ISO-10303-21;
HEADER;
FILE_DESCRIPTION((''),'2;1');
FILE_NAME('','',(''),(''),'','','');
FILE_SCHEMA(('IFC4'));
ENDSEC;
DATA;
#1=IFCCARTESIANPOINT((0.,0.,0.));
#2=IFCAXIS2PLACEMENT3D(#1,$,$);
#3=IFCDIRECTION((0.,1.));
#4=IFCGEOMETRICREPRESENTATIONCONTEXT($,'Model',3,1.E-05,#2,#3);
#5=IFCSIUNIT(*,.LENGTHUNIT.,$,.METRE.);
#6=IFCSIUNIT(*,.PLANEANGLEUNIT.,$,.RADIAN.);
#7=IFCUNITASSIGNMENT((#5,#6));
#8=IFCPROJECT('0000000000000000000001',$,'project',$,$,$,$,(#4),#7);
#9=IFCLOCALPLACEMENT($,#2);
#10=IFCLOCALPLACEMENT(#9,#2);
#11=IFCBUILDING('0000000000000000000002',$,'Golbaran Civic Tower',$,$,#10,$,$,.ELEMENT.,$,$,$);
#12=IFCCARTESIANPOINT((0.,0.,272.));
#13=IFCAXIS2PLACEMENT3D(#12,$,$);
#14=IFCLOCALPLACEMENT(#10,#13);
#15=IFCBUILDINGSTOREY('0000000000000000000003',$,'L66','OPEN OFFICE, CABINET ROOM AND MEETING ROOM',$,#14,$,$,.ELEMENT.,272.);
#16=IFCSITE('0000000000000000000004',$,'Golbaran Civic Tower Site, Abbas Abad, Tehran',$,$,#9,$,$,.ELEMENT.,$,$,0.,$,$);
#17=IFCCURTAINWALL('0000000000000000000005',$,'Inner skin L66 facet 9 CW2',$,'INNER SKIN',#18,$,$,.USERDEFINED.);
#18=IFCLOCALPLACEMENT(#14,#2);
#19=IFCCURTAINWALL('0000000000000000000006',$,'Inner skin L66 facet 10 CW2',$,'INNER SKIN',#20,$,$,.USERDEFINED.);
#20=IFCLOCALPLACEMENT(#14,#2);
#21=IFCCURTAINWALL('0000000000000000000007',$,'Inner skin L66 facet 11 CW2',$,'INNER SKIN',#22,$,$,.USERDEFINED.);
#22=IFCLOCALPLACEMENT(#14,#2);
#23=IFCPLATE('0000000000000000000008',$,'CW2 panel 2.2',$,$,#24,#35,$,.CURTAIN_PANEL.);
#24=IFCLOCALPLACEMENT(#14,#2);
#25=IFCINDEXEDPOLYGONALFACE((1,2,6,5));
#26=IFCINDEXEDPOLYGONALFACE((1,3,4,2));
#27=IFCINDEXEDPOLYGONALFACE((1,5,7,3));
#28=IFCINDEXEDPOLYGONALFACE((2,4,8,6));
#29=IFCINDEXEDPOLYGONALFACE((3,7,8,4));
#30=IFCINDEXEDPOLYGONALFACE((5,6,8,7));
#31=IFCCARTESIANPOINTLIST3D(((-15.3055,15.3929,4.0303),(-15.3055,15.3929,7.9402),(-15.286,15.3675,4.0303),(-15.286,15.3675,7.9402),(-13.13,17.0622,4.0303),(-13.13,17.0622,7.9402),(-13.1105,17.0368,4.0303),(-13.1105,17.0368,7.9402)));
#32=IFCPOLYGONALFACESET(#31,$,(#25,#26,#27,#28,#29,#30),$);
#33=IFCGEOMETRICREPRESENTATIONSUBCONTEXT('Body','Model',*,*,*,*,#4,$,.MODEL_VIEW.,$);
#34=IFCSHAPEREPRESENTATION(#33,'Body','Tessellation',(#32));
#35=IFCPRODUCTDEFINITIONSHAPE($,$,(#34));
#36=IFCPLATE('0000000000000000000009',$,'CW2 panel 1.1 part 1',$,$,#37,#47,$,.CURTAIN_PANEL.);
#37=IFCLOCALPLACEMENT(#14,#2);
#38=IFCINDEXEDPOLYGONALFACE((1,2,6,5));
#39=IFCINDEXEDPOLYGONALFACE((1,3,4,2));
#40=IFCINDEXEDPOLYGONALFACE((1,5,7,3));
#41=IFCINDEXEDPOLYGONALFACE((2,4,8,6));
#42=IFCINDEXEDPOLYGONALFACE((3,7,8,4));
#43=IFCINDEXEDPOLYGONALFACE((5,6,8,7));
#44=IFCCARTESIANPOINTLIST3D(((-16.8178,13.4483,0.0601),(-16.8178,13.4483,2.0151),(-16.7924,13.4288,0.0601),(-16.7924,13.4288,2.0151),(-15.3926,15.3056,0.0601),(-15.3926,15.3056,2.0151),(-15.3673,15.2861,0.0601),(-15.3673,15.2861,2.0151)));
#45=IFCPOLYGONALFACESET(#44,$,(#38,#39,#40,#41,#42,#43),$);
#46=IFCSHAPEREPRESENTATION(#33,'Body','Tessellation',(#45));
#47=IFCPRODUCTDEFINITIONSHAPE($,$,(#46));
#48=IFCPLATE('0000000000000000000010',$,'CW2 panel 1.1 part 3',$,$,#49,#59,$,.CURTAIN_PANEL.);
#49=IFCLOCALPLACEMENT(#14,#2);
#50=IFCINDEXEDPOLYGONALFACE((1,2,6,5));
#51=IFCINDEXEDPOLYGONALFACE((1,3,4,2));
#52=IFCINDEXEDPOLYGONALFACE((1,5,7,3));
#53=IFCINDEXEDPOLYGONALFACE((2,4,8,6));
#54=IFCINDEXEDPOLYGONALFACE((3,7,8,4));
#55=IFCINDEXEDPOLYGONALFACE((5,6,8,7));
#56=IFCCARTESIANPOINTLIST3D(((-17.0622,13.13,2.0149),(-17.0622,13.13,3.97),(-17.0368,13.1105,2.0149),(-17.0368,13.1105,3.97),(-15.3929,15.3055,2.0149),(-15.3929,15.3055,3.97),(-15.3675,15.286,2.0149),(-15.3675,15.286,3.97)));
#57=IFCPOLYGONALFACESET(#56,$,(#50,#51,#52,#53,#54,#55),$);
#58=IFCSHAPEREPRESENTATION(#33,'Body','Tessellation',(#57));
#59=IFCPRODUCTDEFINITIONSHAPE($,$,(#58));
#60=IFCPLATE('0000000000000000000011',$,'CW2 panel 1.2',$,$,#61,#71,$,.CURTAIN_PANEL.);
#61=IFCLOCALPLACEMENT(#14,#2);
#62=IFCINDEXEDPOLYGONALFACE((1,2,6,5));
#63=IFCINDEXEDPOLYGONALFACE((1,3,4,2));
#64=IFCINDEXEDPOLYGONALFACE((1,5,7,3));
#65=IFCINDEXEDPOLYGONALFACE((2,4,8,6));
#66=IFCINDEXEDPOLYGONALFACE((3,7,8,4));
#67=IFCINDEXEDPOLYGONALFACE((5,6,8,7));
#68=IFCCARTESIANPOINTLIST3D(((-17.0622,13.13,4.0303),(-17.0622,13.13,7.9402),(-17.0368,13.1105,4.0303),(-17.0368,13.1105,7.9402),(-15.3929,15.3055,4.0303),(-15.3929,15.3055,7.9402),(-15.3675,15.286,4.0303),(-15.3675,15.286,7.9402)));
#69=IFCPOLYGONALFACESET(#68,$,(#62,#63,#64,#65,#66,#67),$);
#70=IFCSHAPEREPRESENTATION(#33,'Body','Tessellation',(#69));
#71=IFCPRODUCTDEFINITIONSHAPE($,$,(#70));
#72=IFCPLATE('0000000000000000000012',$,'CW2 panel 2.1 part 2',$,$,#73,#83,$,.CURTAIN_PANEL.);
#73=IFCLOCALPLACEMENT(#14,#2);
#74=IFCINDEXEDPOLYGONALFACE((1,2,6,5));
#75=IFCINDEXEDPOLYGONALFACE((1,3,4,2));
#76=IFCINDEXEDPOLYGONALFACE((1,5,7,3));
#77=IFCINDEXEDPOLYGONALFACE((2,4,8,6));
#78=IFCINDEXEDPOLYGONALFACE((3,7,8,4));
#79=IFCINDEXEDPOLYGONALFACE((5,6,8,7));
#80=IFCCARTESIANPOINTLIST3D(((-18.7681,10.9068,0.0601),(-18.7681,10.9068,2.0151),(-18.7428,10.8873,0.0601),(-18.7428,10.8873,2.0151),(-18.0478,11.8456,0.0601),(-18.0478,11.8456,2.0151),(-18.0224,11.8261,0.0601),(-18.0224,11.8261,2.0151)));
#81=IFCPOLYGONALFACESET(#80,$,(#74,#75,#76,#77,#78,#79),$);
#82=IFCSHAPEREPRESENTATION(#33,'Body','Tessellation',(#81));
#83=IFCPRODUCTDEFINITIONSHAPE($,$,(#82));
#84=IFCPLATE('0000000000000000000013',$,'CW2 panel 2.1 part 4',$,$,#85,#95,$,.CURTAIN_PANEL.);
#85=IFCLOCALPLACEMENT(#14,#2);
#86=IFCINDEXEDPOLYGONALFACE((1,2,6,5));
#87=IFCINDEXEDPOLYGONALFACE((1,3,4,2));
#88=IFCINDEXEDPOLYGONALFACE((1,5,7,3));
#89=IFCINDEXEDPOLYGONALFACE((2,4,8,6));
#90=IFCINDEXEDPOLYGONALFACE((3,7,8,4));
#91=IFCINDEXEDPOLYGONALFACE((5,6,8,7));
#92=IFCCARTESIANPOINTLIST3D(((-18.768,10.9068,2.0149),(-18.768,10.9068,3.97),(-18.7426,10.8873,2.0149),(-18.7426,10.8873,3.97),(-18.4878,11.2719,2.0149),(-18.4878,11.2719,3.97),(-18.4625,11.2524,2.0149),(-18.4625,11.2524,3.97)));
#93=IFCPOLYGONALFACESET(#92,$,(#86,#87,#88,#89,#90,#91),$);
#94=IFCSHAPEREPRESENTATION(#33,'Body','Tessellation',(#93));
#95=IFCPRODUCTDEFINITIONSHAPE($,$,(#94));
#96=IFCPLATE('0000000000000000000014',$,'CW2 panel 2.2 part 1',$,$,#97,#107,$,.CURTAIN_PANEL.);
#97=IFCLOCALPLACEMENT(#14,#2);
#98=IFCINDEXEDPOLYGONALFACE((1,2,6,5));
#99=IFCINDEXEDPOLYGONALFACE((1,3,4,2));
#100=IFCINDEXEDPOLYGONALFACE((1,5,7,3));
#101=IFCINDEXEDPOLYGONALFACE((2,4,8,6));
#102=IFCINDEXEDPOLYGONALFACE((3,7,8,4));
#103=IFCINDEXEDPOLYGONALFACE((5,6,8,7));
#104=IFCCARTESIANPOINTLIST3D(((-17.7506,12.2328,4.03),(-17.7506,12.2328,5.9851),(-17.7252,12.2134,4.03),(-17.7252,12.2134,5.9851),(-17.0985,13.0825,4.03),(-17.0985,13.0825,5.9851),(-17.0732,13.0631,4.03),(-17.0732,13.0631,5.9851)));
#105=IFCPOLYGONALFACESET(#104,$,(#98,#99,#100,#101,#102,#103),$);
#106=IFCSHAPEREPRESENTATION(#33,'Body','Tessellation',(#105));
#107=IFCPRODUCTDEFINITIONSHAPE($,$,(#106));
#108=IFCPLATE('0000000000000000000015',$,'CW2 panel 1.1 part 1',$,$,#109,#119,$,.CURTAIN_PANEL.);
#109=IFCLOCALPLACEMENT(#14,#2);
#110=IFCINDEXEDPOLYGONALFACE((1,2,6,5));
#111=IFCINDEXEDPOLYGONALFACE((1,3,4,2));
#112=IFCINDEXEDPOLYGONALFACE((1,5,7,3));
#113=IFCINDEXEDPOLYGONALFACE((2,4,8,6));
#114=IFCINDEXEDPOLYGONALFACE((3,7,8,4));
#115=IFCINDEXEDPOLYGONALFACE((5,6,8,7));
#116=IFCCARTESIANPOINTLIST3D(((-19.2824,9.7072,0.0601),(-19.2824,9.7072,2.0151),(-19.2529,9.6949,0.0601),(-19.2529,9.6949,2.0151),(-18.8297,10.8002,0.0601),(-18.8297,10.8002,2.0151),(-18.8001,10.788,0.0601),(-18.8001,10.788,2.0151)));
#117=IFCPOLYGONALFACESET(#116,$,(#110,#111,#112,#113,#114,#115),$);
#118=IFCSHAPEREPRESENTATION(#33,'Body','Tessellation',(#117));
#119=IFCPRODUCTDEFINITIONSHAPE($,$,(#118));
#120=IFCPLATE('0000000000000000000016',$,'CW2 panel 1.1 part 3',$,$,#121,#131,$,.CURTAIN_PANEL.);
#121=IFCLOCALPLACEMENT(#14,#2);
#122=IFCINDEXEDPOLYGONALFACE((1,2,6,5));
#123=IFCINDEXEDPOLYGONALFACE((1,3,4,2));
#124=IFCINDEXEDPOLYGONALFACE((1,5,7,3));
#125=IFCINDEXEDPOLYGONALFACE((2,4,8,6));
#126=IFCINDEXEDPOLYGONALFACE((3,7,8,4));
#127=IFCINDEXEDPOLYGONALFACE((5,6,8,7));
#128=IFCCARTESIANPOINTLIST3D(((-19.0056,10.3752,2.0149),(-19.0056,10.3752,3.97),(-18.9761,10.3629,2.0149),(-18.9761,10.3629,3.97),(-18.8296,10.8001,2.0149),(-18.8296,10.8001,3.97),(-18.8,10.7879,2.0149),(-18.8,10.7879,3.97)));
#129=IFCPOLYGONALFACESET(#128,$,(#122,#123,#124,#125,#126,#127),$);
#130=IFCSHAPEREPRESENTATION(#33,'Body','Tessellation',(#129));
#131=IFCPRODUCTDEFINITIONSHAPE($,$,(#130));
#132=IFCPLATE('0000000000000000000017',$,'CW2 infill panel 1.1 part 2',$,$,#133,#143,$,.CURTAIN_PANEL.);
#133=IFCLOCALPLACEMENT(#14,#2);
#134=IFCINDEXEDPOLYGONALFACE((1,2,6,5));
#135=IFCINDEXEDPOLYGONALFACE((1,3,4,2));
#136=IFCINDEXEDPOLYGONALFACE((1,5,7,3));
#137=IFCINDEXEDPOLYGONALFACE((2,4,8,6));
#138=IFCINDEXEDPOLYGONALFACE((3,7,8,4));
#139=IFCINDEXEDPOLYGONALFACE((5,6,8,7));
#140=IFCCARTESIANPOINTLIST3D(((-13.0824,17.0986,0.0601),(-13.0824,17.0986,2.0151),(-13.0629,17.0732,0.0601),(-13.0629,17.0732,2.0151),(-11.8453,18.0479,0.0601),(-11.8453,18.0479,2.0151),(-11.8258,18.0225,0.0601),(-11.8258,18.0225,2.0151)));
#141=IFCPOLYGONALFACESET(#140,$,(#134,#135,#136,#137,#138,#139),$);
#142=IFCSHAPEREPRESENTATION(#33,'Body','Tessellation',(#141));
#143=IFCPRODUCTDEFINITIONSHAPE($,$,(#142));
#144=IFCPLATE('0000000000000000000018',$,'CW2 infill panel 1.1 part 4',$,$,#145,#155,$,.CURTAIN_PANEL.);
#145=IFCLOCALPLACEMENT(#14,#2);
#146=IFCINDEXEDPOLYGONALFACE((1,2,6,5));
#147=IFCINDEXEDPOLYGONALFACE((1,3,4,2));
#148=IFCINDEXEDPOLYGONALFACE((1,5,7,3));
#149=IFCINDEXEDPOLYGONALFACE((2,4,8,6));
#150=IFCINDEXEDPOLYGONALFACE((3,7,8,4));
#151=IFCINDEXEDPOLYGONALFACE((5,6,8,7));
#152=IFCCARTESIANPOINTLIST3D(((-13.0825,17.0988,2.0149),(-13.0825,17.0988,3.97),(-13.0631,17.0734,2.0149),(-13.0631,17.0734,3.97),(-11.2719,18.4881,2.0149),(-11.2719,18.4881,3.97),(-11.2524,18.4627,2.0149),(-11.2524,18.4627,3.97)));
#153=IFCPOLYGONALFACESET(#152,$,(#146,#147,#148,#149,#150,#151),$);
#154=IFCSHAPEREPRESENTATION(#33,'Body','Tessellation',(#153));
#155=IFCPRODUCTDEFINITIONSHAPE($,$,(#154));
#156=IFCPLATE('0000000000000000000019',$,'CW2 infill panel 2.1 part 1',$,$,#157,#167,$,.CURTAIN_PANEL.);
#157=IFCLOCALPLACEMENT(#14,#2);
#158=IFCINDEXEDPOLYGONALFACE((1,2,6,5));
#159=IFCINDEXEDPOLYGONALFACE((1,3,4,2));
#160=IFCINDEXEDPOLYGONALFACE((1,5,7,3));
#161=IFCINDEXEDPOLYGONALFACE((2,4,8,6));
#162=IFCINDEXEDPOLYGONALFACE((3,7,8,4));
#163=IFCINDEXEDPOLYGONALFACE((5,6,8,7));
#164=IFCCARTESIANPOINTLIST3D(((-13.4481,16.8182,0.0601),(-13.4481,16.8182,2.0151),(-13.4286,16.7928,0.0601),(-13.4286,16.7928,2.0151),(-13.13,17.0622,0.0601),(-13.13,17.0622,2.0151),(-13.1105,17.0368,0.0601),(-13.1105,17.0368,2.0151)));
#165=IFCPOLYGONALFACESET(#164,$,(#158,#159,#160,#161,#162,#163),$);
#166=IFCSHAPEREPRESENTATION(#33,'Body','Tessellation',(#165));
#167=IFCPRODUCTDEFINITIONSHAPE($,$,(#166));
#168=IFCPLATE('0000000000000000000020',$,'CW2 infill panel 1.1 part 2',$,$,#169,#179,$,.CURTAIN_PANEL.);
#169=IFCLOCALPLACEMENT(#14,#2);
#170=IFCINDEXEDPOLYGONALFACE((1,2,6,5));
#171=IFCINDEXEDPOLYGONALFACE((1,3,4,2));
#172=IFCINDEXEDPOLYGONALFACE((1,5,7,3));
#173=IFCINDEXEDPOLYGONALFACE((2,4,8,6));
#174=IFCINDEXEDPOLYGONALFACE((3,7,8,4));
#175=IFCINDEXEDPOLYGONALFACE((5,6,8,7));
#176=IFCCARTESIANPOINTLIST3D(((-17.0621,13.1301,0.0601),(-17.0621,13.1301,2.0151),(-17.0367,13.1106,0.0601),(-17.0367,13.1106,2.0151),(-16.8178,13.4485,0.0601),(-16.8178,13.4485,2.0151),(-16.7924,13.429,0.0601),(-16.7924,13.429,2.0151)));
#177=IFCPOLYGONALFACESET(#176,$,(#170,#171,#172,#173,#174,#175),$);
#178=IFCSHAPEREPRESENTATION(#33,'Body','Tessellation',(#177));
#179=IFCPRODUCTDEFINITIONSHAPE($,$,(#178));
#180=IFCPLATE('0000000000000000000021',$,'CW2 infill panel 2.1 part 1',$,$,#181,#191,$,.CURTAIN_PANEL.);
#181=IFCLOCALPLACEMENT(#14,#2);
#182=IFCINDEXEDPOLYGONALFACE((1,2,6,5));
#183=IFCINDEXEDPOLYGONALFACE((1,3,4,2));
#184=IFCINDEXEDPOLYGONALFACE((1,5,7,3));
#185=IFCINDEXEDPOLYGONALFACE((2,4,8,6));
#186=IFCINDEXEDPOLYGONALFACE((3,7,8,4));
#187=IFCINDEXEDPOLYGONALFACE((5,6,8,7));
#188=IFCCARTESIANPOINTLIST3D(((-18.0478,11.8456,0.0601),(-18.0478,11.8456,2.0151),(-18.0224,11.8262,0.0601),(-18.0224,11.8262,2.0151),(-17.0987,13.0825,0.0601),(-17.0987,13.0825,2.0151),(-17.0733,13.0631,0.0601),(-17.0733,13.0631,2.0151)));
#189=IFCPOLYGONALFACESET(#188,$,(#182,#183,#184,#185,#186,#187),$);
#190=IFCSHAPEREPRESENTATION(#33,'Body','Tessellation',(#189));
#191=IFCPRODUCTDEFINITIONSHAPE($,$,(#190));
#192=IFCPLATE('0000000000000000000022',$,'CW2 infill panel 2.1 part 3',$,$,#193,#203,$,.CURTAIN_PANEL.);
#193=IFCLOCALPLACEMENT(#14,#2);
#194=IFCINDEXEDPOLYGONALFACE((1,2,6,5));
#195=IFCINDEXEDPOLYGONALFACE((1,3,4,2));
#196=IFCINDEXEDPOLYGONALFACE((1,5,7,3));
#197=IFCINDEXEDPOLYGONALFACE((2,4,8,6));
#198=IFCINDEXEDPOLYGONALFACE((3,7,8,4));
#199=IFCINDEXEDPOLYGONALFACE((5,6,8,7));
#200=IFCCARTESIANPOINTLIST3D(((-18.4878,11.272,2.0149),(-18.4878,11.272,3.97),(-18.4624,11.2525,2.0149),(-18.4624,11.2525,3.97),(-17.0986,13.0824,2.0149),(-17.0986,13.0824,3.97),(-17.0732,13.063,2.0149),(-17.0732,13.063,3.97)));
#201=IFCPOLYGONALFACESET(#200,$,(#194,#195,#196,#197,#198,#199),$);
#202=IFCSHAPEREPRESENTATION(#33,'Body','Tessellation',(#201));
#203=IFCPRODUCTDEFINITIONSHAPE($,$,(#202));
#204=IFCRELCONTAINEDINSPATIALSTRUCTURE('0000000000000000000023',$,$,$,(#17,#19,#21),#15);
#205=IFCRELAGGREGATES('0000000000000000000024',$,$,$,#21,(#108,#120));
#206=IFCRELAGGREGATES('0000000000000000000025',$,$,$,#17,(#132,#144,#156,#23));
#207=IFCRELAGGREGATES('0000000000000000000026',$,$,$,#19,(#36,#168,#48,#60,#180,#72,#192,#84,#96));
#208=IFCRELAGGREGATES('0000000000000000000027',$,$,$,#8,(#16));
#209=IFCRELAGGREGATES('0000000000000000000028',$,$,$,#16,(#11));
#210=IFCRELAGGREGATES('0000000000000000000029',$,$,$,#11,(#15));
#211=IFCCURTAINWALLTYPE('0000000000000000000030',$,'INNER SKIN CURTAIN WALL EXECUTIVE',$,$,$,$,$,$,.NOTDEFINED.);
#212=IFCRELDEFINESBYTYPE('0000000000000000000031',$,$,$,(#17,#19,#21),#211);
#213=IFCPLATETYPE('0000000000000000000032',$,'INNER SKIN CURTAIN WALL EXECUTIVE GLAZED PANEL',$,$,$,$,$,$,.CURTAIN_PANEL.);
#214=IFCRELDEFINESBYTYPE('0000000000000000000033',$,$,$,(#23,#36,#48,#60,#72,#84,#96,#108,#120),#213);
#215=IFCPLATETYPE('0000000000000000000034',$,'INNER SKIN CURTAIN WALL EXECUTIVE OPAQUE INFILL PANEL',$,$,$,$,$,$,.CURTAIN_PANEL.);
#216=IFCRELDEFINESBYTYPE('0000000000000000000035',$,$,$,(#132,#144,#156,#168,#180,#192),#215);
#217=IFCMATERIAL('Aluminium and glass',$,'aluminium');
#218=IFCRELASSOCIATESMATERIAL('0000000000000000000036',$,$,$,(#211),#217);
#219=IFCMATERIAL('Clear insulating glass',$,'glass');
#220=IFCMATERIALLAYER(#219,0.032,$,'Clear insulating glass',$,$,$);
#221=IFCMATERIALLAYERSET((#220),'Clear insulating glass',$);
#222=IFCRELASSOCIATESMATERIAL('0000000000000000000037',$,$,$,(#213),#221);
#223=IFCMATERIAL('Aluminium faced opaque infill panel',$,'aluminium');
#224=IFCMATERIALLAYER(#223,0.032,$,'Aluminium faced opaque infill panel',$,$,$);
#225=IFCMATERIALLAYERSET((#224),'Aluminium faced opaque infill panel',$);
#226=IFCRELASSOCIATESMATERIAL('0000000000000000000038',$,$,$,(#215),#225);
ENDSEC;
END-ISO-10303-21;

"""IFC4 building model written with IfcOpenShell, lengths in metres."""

from ifc_helpers import new_model, si_unit, direction, frame, origin, origin_2d, place, context, subcontext, project, spatial, rectangle, extrude, material, layer, layer_set, type_object, element, aggregate, save


model = new_model("IFC4")

# Units and contexts
model_context = context("Model", 3, precision=1e-05, world=origin(), true_north=direction((0.0, 1.0)))
body_context = subcontext(model_context, "Body", "Model", "MODEL_VIEW")
ifc_project = project(units=[si_unit("LENGTHUNIT", "METRE"), si_unit("PLANEANGLEUNIT", "RADIAN")], contexts=[model_context])

# Site, building, storey
site_placement = place(None, origin())
site = spatial("IfcSite", under=ifc_project, at=site_placement, Name="Golbaran Civic Tower Site, Abbas Abad, Tehran", CompositionType="ELEMENT", RefElevation=0.0)
building_placement = place(site_placement, origin())
building = spatial("IfcBuilding", under=site, at=building_placement, Name="Golbaran Civic Tower", CompositionType="ELEMENT")
storey_placement = place(building_placement, frame((0.0, 0.0, 272.0)))
storey = spatial("IfcBuildingStorey", under=building, at=storey_placement, Name="L66", Description="OPEN OFFICE, CABINET ROOM AND MEETING ROOM", CompositionType="ELEMENT", Elevation=272.0)

# Curtain walls
ifc_material_1 = material(Name="Aluminium and glass", Category="aluminium")
curtain_wall_type = type_object("IfcCurtainWallType", Name="INNER SKIN CURTAIN WALL EXECUTIVE", PredefinedType="NOTDEFINED", material=ifc_material_1)
curtain_wall_1_placement = place(storey_placement, origin())
curtain_wall_1 = element("IfcCurtainWall", 1, at=curtain_wall_1_placement, inside=storey, type_object=curtain_wall_type, Name="Inner skin L66 facet 9 CW2", ObjectType="INNER SKIN", PredefinedType="USERDEFINED")
curtain_wall_2_placement = place(storey_placement, origin())
curtain_wall_2 = element("IfcCurtainWall", 2, at=curtain_wall_2_placement, inside=storey, type_object=curtain_wall_type, Name="Inner skin L66 facet 10 CW2", ObjectType="INNER SKIN", PredefinedType="USERDEFINED")

# Curtain wall
curtain_wall_3_placement = place(storey_placement, origin())
curtain_wall_3 = element("IfcCurtainWall", 3, at=curtain_wall_3_placement, inside=storey, type_object=curtain_wall_type, Name="Inner skin L66 facet 11 CW2", ObjectType="INNER SKIN", PredefinedType="USERDEFINED")

# Plates
ifc_material_2 = material(Name="Clear insulating glass", Category="glass")
ifc_layer_1 = layer(ifc_material_2, 0.032, Name="Clear insulating glass")
ifc_layer_set_1 = layer_set([ifc_layer_1], Name="Clear insulating glass")
plate_type_1 = type_object("IfcPlateType", Name="INNER SKIN CURTAIN WALL EXECUTIVE GLAZED PANEL", PredefinedType="CURTAIN_PANEL", material=ifc_layer_set_1)
plate_1_placement = place(storey_placement, frame((-14.208, 16.2148, 4.0303), z_axis=(0.0, 0.0, 1.0), x_axis=(-0.793353, -0.608761, 0.0)))
plate_1 = element("IfcPlate", 4, at=plate_1_placement, type_object=plate_type_1, Name="CW2 panel 2.2", PredefinedType="CURTAIN_PANEL", context=body_context, shape_type="SweptSolid", body=[
    extrude(rectangle(XDim=2.7422, YDim=0.032, at=origin_2d()), origin(), (0.0, 0.0, 1.0), 3.9099),
])
plate_2_placement = place(storey_placement, frame((-16.0925, 14.3672, 0.0601), z_axis=(0.0, 0.0, 1.0), x_axis=(-0.608761, -0.793353, 0.0)))
plate_2 = element("IfcPlate", 5, at=plate_2_placement, type_object=plate_type_1, Name="CW2 panel 1.1 part 1", PredefinedType="CURTAIN_PANEL", context=body_context, shape_type="SweptSolid", body=[
    extrude(rectangle(XDim=2.3411, YDim=0.032, at=origin_2d()), origin(), (0.0, 0.0, 1.0), 1.9551),
])
plate_3_placement = place(storey_placement, frame((-16.2148, 14.208, 2.0149), z_axis=(0.0, 0.0, 1.0), x_axis=(-0.608761, -0.793353, 0.0)))
plate_3 = element("IfcPlate", 6, at=plate_3_placement, type_object=plate_type_1, Name="CW2 panel 1.1 part 3", PredefinedType="CURTAIN_PANEL", context=body_context, shape_type="SweptSolid", body=[
    extrude(rectangle(XDim=2.7422, YDim=0.032, at=origin_2d()), origin(), (0.0, 0.0, 1.0), 1.9551),
])
plate_4_placement = place(storey_placement, frame((-16.2148, 14.208, 4.0303), z_axis=(0.0, 0.0, 1.0), x_axis=(-0.608761, -0.793353, 0.0)))
plate_4 = element("IfcPlate", 7, at=plate_4_placement, type_object=plate_type_1, Name="CW2 panel 1.2", PredefinedType="CURTAIN_PANEL", context=body_context, shape_type="SweptSolid", body=[
    extrude(rectangle(XDim=2.7422, YDim=0.032, at=origin_2d()), origin(), (0.0, 0.0, 1.0), 3.9099),
])
plate_5_placement = place(storey_placement, frame((-18.3953, 11.3665, 0.0601), z_axis=(0.0, 0.0, 1.0), x_axis=(-0.608761, -0.793353, 0.0)))
plate_5 = element("IfcPlate", 8, at=plate_5_placement, type_object=plate_type_1, Name="CW2 panel 2.1 part 2", PredefinedType="CURTAIN_PANEL", context=body_context, shape_type="SweptSolid", body=[
    extrude(rectangle(XDim=1.1833, YDim=0.032, at=origin_2d()), origin(), (0.0, 0.0, 1.0), 1.9551),
])
plate_6_placement = place(storey_placement, frame((-18.6152, 11.0796, 2.0149), z_axis=(0.0, 0.0, 1.0), x_axis=(-0.608761, -0.793353, 0.0)))
plate_6 = element("IfcPlate", 9, at=plate_6_placement, type_object=plate_type_1, Name="CW2 panel 2.1 part 4", PredefinedType="CURTAIN_PANEL", context=body_context, shape_type="SweptSolid", body=[
    extrude(rectangle(XDim=0.4602, YDim=0.032, at=origin_2d()), origin(), (0.0, 0.0, 1.0), 1.9551),
])
plate_7_placement = place(storey_placement, frame((-17.4119, 12.6479, 4.03), z_axis=(0.0, 0.0, 1.0), x_axis=(-0.608761, -0.793353, 0.0)))
plate_7 = element("IfcPlate", 10, at=plate_7_placement, type_object=plate_type_1, Name="CW2 panel 2.2 part 1", PredefinedType="CURTAIN_PANEL", context=body_context, shape_type="SweptSolid", body=[
    extrude(rectangle(XDim=1.071, YDim=0.032, at=origin_2d()), origin(), (0.0, 0.0, 1.0), 1.9551),
])
plate_8_placement = place(storey_placement, frame((-19.0413, 10.2476, 0.0601), z_axis=(0.0, 0.0, 1.0), x_axis=(-0.382683, -0.92388, 0.0)))
plate_8 = element("IfcPlate", 11, at=plate_8_placement, type_object=plate_type_1, Name="CW2 panel 1.1 part 1", PredefinedType="CURTAIN_PANEL", context=body_context, shape_type="SweptSolid", body=[
    extrude(rectangle(XDim=1.1831, YDim=0.032, at=origin_2d()), origin(), (0.0, 0.0, 1.0), 1.9551),
])
plate_9_placement = place(storey_placement, frame((-18.9028, 10.5815, 2.0149), z_axis=(0.0, 0.0, 1.0), x_axis=(-0.382683, -0.92388, 0.0)))
plate_9 = element("IfcPlate", 12, at=plate_9_placement, type_object=plate_type_1, Name="CW2 panel 1.1 part 3", PredefinedType="CURTAIN_PANEL", context=body_context, shape_type="SweptSolid", body=[
    extrude(rectangle(XDim=0.46, YDim=0.032, at=origin_2d()), origin(), (0.0, 0.0, 1.0), 1.9551),
])
aggregate(curtain_wall_3, [plate_8, plate_9])
ifc_material_3 = material(Name="Aluminium faced opaque infill panel", Category="aluminium")
ifc_layer_2 = layer(ifc_material_3, 0.032, Name="Aluminium faced opaque infill panel")
ifc_layer_set_2 = layer_set([ifc_layer_2], Name="Aluminium faced opaque infill panel")
plate_type_2 = type_object("IfcPlateType", Name="INNER SKIN CURTAIN WALL EXECUTIVE OPAQUE INFILL PANEL", PredefinedType="CURTAIN_PANEL", material=ifc_layer_set_2)
plate_10_placement = place(storey_placement, frame((-12.4541, 17.5605, 0.0601), z_axis=(0.0, 0.0, 1.0), x_axis=(-0.793353, -0.608761, 0.0)))
plate_10 = element("IfcPlate", 13, at=plate_10_placement, type_object=plate_type_2, Name="CW2 infill panel 1.1 part 2", PredefinedType="CURTAIN_PANEL", context=body_context, shape_type="SweptSolid", body=[
    extrude(rectangle(XDim=1.5593, YDim=0.032, at=origin_2d()), origin(), (0.0, 0.0, 1.0), 1.9551),
])
plate_11_placement = place(storey_placement, frame((-12.1675, 17.7808, 2.0149), z_axis=(0.0, 0.0, 1.0), x_axis=(-0.793353, -0.608761, 0.0)))
plate_11 = element("IfcPlate", 14, at=plate_11_placement, type_object=plate_type_2, Name="CW2 infill panel 1.1 part 4", PredefinedType="CURTAIN_PANEL", context=body_context, shape_type="SweptSolid", body=[
    extrude(rectangle(XDim=2.2822, YDim=0.032, at=origin_2d()), origin(), (0.0, 0.0, 1.0), 1.9551),
])
plate_12_placement = place(storey_placement, frame((-13.2793, 16.9275, 0.0601), z_axis=(0.0, 0.0, 1.0), x_axis=(-0.793353, -0.608761, 0.0)))
plate_12 = element("IfcPlate", 15, at=plate_12_placement, type_object=plate_type_2, Name="CW2 infill panel 2.1 part 1", PredefinedType="CURTAIN_PANEL", context=body_context, shape_type="SweptSolid", body=[
    extrude(rectangle(XDim=0.4009, YDim=0.032, at=origin_2d()), origin(), (0.0, 0.0, 1.0), 1.9551),
])
aggregate(curtain_wall_1, [plate_10, plate_11, plate_12, plate_1])
plate_13_placement = place(storey_placement, frame((-16.9272, 13.2795, 0.0601), z_axis=(0.0, 0.0, 1.0), x_axis=(-0.608761, -0.793353, 0.0)))
plate_13 = element("IfcPlate", 16, at=plate_13_placement, type_object=plate_type_2, Name="CW2 infill panel 1.1 part 2", PredefinedType="CURTAIN_PANEL", context=body_context, shape_type="SweptSolid", body=[
    extrude(rectangle(XDim=0.4014, YDim=0.032, at=origin_2d()), origin(), (0.0, 0.0, 1.0), 1.9551),
])
plate_14_placement = place(storey_placement, frame((-17.5605, 12.4543, 0.0601), z_axis=(0.0, 0.0, 1.0), x_axis=(-0.608761, -0.793353, 0.0)))
plate_14 = element("IfcPlate", 17, at=plate_14_placement, type_object=plate_type_2, Name="CW2 infill panel 2.1 part 1", PredefinedType="CURTAIN_PANEL", context=body_context, shape_type="SweptSolid", body=[
    extrude(rectangle(XDim=1.5591, YDim=0.032, at=origin_2d()), origin(), (0.0, 0.0, 1.0), 1.9551),
])
plate_15_placement = place(storey_placement, frame((-17.7805, 12.1675, 2.0149), z_axis=(0.0, 0.0, 1.0), x_axis=(-0.608761, -0.793353, 0.0)))
plate_15 = element("IfcPlate", 18, at=plate_15_placement, type_object=plate_type_2, Name="CW2 infill panel 2.1 part 3", PredefinedType="CURTAIN_PANEL", context=body_context, shape_type="SweptSolid", body=[
    extrude(rectangle(XDim=2.282, YDim=0.032, at=origin_2d()), origin(), (0.0, 0.0, 1.0), 1.9551),
])
aggregate(curtain_wall_2, [plate_2, plate_13, plate_3, plate_4, plate_14, plate_5, plate_15, plate_6, plate_7])

save(model, "model.ifc")
